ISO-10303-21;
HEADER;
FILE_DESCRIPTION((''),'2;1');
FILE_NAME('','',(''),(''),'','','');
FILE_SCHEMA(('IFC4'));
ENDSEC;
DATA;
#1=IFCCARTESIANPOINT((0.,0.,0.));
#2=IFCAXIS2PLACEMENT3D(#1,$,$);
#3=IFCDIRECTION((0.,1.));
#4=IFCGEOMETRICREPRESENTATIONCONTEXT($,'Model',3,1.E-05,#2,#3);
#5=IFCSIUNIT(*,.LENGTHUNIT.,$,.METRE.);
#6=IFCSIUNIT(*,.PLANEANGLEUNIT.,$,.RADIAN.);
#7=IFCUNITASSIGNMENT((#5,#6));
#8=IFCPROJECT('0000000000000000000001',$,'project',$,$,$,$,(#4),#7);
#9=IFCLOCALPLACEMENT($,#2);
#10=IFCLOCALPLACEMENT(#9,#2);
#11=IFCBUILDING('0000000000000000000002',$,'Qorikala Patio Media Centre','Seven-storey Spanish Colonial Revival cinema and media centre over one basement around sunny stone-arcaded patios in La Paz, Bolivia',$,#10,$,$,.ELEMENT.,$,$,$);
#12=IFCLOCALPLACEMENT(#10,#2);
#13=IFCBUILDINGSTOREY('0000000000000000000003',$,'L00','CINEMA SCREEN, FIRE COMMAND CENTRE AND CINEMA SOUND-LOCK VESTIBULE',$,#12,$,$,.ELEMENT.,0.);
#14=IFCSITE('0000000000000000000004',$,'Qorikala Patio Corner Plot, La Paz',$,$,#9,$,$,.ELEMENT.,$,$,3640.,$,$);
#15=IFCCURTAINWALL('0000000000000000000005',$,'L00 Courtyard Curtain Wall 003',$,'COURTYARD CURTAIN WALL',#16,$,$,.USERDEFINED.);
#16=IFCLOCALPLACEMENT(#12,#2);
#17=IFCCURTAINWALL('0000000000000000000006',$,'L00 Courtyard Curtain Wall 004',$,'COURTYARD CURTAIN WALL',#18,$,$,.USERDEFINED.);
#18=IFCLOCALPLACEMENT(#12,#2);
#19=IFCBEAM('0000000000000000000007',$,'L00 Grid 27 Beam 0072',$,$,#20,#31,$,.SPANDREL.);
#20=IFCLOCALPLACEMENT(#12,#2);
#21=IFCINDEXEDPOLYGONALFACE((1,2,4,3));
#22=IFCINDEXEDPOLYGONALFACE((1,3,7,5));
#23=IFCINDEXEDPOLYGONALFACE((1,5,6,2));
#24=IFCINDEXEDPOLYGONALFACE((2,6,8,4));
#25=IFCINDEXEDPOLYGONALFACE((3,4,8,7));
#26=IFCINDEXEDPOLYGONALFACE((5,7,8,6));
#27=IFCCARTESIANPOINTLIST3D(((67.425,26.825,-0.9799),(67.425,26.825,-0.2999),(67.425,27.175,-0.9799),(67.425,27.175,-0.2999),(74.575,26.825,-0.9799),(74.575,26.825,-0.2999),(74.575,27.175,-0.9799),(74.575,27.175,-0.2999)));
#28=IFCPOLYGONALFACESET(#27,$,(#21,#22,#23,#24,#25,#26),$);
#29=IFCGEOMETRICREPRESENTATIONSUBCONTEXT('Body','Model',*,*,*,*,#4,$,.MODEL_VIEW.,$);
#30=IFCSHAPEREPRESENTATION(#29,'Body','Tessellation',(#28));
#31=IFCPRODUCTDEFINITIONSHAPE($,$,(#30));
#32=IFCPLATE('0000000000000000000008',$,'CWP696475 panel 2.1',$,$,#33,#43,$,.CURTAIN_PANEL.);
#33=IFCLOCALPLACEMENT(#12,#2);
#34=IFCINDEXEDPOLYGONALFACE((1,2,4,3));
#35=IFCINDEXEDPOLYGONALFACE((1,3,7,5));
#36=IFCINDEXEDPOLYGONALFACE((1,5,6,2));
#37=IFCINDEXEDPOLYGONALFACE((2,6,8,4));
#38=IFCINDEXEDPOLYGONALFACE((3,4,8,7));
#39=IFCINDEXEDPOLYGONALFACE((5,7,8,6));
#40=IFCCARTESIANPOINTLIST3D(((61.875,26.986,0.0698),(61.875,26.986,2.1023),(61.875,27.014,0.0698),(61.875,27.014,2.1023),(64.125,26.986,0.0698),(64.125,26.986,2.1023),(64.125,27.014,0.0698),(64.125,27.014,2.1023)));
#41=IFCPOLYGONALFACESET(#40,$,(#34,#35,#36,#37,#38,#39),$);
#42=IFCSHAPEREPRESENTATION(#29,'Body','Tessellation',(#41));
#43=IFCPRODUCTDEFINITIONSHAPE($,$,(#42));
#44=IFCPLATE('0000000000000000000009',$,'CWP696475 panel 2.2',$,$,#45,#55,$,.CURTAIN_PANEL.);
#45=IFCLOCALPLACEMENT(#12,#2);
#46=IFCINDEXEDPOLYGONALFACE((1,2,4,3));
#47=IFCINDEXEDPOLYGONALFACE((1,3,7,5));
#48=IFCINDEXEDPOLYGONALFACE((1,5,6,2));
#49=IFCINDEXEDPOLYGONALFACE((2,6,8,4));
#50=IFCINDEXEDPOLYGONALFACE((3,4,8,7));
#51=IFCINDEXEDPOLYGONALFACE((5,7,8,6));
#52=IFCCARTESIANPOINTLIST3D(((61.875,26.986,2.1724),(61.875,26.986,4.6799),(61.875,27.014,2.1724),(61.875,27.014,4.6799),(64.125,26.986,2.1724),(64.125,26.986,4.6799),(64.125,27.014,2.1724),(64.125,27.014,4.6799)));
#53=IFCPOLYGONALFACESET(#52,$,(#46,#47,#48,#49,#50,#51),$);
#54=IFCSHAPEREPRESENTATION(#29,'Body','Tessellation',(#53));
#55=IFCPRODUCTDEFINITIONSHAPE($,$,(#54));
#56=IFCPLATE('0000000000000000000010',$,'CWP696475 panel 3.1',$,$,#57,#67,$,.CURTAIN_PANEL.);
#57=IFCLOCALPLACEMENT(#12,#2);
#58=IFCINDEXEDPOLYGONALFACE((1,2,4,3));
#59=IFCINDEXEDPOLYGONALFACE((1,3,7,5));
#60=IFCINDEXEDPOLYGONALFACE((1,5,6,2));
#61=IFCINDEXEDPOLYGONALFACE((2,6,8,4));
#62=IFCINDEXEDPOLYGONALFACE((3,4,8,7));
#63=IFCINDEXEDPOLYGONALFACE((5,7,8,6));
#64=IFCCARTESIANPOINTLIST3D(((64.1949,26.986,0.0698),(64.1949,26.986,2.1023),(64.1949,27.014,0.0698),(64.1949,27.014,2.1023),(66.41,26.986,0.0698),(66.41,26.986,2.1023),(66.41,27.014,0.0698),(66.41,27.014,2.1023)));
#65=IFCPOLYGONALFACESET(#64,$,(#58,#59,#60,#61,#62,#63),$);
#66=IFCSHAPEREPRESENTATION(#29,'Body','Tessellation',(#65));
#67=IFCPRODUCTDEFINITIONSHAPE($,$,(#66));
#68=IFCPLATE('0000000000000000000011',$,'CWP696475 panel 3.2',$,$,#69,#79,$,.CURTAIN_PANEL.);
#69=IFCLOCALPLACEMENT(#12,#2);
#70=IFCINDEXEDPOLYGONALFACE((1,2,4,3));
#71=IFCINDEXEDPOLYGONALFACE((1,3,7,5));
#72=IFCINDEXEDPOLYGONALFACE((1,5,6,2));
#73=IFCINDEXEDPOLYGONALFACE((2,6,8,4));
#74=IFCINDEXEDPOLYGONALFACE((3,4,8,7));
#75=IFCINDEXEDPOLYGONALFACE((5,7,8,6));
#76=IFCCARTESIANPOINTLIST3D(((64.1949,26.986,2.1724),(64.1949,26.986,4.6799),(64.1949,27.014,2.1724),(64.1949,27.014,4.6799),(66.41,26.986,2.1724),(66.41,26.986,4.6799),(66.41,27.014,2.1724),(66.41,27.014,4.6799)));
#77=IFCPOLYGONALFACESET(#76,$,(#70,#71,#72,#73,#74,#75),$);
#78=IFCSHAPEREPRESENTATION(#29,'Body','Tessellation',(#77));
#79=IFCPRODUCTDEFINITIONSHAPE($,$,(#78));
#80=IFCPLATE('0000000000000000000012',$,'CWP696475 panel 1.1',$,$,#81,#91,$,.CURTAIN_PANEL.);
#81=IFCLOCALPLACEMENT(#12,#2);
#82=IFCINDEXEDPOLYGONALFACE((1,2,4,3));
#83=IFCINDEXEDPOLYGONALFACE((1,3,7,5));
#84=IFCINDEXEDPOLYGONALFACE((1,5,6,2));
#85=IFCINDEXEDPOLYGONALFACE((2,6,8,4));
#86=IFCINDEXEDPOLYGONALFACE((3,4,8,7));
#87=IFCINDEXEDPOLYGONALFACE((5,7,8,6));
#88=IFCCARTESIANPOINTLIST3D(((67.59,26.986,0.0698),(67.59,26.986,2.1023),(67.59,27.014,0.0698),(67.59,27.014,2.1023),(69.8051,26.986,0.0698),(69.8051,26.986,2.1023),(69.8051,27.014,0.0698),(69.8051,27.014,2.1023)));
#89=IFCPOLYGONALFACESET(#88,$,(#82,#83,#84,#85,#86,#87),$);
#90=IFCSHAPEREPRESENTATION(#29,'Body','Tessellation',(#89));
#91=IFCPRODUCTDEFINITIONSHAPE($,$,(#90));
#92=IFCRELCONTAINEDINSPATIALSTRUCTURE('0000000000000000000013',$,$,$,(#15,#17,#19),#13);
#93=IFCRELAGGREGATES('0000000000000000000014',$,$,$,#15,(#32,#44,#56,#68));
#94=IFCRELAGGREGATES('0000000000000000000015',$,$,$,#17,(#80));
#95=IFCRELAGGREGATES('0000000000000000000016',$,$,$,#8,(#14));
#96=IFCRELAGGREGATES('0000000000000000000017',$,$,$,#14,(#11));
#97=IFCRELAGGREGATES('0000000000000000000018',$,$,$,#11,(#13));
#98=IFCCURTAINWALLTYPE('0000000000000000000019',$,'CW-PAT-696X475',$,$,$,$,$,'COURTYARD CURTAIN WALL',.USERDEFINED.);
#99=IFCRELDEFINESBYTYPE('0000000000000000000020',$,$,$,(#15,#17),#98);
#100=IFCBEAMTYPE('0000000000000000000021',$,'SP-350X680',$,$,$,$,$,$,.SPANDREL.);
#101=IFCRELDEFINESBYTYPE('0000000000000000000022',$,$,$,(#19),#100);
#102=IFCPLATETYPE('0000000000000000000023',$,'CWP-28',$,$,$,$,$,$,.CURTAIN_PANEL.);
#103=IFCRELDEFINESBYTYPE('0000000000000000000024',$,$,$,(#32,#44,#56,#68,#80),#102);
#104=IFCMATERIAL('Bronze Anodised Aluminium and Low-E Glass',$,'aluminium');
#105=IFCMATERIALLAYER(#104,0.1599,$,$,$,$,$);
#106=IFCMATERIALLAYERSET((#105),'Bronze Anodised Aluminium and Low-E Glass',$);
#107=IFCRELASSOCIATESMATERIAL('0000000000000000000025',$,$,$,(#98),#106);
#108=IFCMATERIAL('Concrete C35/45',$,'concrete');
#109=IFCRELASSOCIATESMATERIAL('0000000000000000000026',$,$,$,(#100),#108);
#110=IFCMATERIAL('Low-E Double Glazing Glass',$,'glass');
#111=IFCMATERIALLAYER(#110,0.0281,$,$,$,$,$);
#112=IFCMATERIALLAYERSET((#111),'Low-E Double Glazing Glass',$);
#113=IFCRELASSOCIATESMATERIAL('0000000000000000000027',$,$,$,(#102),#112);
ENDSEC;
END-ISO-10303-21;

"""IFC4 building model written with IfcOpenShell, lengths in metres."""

from ifc_helpers import new_model, si_unit, direction, frame, origin, origin_2d, place, context, subcontext, project, spatial, rectangle, extrude, material, layer, layer_set, material_profile, profile_set, type_object, element, aggregate, save


model = new_model("IFC4")

# Units and contexts
model_context = context("Model", 3, precision=1e-05, world=origin(), true_north=direction((0.0, 1.0)))
body_context = subcontext(model_context, "Body", "Model", "MODEL_VIEW")
ifc_project = project(units=[si_unit("LENGTHUNIT", "METRE"), si_unit("PLANEANGLEUNIT", "RADIAN")], contexts=[model_context])

# Site, building, storey
site_placement = place(None, origin())
site = spatial("IfcSite", under=ifc_project, at=site_placement, Name="Qorikala Patio Corner Plot, La Paz", CompositionType="ELEMENT", RefElevation=3640.0)
building_placement = place(site_placement, origin())
building = spatial("IfcBuilding", under=site, at=building_placement, Name="Qorikala Patio Media Centre", Description="Seven-storey Spanish Colonial Revival cinema and media centre over one basement around sunny stone-arcaded patios in La Paz, Bolivia", CompositionType="ELEMENT")
storey_placement = place(building_placement, origin())
storey = spatial("IfcBuildingStorey", under=building, at=storey_placement, Name="L00", Description="CINEMA SCREEN, FIRE COMMAND CENTRE AND CINEMA SOUND-LOCK VESTIBULE", CompositionType="ELEMENT", Elevation=0.0)

# Shared definitions
ifc_material_1 = material(Name="Concrete C35/45", Category="concrete")

# Curtain wall
ifc_material_2 = material(Name="Bronze Anodised Aluminium and Low-E Glass", Category="aluminium")
ifc_layer_1 = layer(ifc_material_2, 0.1599)
ifc_layer_set_1 = layer_set([ifc_layer_1], Name="Bronze Anodised Aluminium and Low-E Glass")
curtain_wall_type = type_object("IfcCurtainWallType", Name="CW-PAT-696X475", ElementType="COURTYARD CURTAIN WALL", PredefinedType="USERDEFINED", material=ifc_layer_set_1)
curtain_wall_1_placement = place(storey_placement, origin())
curtain_wall_1 = element("IfcCurtainWall", 1, at=curtain_wall_1_placement, inside=storey, type_object=curtain_wall_type, Name="L00 Courtyard Curtain Wall 003", ObjectType="COURTYARD CURTAIN WALL", PredefinedType="USERDEFINED")

# Curtain wall
curtain_wall_2_placement = place(storey_placement, origin())
curtain_wall_2 = element("IfcCurtainWall", 2, at=curtain_wall_2_placement, inside=storey, type_object=curtain_wall_type, Name="L00 Courtyard Curtain Wall 004", ObjectType="COURTYARD CURTAIN WALL", PredefinedType="USERDEFINED")

# Beam
ifc_material_profile_1 = material_profile(ifc_material_1, rectangle(XDim=0.3501, YDim=0.6799, at=origin_2d()), Name="RC 350x680")
ifc_profile_set_1 = profile_set([ifc_material_profile_1], Name="Concrete C35/45")
beam_type = type_object("IfcBeamType", Name="SP-350X680", PredefinedType="SPANDREL", material=ifc_profile_set_1)
beam_placement = place(storey_placement, frame((67.425, 27.0, -0.6399), z_axis=(1.0, 0.0, 0.0), x_axis=(0.0, 1.0, 0.0)))
element("IfcBeam", 3, at=beam_placement, inside=storey, type_object=beam_type, Name="L00 Grid 27 Beam 0072", PredefinedType="SPANDREL", context=body_context, shape_type="SweptSolid", body=[
    extrude(rectangle(XDim=0.3501, YDim=0.6799, at=origin_2d()), origin(), (0.0, 0.0, 1.0), 7.1499),
])

# Plates
ifc_material_3 = material(Name="Low-E Double Glazing Glass", Category="glass")
ifc_layer_2 = layer(ifc_material_3, 0.0281)
ifc_layer_set_2 = layer_set([ifc_layer_2], Name="Low-E Double Glazing Glass")
plate_type = type_object("IfcPlateType", Name="CWP-28", PredefinedType="CURTAIN_PANEL", material=ifc_layer_set_2)
plate_1_placement = place(storey_placement, frame((63.0, 27.0, 0.0698), z_axis=(0.0, 0.0, 1.0), x_axis=(1.0, 0.0, 0.0)))
plate_1 = element("IfcPlate", 4, at=plate_1_placement, type_object=plate_type, Name="CWP696475 panel 2.1", PredefinedType="CURTAIN_PANEL", context=body_context, shape_type="SweptSolid", body=[
    extrude(rectangle(XDim=2.25, YDim=0.0281, at=origin_2d()), origin(), (0.0, 0.0, 1.0), 2.0325),
])
plate_2_placement = place(storey_placement, frame((63.0, 27.0, 2.1724), z_axis=(0.0, 0.0, 1.0), x_axis=(1.0, 0.0, 0.0)))
plate_2 = element("IfcPlate", 5, at=plate_2_placement, type_object=plate_type, Name="CWP696475 panel 2.2", PredefinedType="CURTAIN_PANEL", context=body_context, shape_type="SweptSolid", body=[
    extrude(rectangle(XDim=2.25, YDim=0.0281, at=origin_2d()), origin(), (0.0, 0.0, 1.0), 2.5076),
])
plate_3_placement = place(storey_placement, frame((65.3025, 27.0, 0.0698), z_axis=(0.0, 0.0, 1.0), x_axis=(1.0, 0.0, 0.0)))
plate_3 = element("IfcPlate", 6, at=plate_3_placement, type_object=plate_type, Name="CWP696475 panel 3.1", PredefinedType="CURTAIN_PANEL", context=body_context, shape_type="SweptSolid", body=[
    extrude(rectangle(XDim=2.2151, YDim=0.0281, at=origin_2d()), origin(), (0.0, 0.0, 1.0), 2.0325),
])
plate_4_placement = place(storey_placement, frame((65.3025, 27.0, 2.1724), z_axis=(0.0, 0.0, 1.0), x_axis=(1.0, 0.0, 0.0)))
plate_4 = element("IfcPlate", 7, at=plate_4_placement, type_object=plate_type, Name="CWP696475 panel 3.2", PredefinedType="CURTAIN_PANEL", context=body_context, shape_type="SweptSolid", body=[
    extrude(rectangle(XDim=2.2151, YDim=0.0281, at=origin_2d()), origin(), (0.0, 0.0, 1.0), 2.5076),
])
aggregate(curtain_wall_1, [plate_1, plate_2, plate_3, plate_4])
plate_5_placement = place(storey_placement, frame((68.6975, 27.0, 0.0698), z_axis=(0.0, 0.0, 1.0), x_axis=(1.0, 0.0, 0.0)))
plate_5 = element("IfcPlate", 8, at=plate_5_placement, type_object=plate_type, Name="CWP696475 panel 1.1", PredefinedType="CURTAIN_PANEL", context=body_context, shape_type="SweptSolid", body=[
    extrude(rectangle(XDim=2.2151, YDim=0.0281, at=origin_2d()), origin(), (0.0, 0.0, 1.0), 2.0325),
])
aggregate(curtain_wall_2, [plate_5])

save(model, "model.ifc")
